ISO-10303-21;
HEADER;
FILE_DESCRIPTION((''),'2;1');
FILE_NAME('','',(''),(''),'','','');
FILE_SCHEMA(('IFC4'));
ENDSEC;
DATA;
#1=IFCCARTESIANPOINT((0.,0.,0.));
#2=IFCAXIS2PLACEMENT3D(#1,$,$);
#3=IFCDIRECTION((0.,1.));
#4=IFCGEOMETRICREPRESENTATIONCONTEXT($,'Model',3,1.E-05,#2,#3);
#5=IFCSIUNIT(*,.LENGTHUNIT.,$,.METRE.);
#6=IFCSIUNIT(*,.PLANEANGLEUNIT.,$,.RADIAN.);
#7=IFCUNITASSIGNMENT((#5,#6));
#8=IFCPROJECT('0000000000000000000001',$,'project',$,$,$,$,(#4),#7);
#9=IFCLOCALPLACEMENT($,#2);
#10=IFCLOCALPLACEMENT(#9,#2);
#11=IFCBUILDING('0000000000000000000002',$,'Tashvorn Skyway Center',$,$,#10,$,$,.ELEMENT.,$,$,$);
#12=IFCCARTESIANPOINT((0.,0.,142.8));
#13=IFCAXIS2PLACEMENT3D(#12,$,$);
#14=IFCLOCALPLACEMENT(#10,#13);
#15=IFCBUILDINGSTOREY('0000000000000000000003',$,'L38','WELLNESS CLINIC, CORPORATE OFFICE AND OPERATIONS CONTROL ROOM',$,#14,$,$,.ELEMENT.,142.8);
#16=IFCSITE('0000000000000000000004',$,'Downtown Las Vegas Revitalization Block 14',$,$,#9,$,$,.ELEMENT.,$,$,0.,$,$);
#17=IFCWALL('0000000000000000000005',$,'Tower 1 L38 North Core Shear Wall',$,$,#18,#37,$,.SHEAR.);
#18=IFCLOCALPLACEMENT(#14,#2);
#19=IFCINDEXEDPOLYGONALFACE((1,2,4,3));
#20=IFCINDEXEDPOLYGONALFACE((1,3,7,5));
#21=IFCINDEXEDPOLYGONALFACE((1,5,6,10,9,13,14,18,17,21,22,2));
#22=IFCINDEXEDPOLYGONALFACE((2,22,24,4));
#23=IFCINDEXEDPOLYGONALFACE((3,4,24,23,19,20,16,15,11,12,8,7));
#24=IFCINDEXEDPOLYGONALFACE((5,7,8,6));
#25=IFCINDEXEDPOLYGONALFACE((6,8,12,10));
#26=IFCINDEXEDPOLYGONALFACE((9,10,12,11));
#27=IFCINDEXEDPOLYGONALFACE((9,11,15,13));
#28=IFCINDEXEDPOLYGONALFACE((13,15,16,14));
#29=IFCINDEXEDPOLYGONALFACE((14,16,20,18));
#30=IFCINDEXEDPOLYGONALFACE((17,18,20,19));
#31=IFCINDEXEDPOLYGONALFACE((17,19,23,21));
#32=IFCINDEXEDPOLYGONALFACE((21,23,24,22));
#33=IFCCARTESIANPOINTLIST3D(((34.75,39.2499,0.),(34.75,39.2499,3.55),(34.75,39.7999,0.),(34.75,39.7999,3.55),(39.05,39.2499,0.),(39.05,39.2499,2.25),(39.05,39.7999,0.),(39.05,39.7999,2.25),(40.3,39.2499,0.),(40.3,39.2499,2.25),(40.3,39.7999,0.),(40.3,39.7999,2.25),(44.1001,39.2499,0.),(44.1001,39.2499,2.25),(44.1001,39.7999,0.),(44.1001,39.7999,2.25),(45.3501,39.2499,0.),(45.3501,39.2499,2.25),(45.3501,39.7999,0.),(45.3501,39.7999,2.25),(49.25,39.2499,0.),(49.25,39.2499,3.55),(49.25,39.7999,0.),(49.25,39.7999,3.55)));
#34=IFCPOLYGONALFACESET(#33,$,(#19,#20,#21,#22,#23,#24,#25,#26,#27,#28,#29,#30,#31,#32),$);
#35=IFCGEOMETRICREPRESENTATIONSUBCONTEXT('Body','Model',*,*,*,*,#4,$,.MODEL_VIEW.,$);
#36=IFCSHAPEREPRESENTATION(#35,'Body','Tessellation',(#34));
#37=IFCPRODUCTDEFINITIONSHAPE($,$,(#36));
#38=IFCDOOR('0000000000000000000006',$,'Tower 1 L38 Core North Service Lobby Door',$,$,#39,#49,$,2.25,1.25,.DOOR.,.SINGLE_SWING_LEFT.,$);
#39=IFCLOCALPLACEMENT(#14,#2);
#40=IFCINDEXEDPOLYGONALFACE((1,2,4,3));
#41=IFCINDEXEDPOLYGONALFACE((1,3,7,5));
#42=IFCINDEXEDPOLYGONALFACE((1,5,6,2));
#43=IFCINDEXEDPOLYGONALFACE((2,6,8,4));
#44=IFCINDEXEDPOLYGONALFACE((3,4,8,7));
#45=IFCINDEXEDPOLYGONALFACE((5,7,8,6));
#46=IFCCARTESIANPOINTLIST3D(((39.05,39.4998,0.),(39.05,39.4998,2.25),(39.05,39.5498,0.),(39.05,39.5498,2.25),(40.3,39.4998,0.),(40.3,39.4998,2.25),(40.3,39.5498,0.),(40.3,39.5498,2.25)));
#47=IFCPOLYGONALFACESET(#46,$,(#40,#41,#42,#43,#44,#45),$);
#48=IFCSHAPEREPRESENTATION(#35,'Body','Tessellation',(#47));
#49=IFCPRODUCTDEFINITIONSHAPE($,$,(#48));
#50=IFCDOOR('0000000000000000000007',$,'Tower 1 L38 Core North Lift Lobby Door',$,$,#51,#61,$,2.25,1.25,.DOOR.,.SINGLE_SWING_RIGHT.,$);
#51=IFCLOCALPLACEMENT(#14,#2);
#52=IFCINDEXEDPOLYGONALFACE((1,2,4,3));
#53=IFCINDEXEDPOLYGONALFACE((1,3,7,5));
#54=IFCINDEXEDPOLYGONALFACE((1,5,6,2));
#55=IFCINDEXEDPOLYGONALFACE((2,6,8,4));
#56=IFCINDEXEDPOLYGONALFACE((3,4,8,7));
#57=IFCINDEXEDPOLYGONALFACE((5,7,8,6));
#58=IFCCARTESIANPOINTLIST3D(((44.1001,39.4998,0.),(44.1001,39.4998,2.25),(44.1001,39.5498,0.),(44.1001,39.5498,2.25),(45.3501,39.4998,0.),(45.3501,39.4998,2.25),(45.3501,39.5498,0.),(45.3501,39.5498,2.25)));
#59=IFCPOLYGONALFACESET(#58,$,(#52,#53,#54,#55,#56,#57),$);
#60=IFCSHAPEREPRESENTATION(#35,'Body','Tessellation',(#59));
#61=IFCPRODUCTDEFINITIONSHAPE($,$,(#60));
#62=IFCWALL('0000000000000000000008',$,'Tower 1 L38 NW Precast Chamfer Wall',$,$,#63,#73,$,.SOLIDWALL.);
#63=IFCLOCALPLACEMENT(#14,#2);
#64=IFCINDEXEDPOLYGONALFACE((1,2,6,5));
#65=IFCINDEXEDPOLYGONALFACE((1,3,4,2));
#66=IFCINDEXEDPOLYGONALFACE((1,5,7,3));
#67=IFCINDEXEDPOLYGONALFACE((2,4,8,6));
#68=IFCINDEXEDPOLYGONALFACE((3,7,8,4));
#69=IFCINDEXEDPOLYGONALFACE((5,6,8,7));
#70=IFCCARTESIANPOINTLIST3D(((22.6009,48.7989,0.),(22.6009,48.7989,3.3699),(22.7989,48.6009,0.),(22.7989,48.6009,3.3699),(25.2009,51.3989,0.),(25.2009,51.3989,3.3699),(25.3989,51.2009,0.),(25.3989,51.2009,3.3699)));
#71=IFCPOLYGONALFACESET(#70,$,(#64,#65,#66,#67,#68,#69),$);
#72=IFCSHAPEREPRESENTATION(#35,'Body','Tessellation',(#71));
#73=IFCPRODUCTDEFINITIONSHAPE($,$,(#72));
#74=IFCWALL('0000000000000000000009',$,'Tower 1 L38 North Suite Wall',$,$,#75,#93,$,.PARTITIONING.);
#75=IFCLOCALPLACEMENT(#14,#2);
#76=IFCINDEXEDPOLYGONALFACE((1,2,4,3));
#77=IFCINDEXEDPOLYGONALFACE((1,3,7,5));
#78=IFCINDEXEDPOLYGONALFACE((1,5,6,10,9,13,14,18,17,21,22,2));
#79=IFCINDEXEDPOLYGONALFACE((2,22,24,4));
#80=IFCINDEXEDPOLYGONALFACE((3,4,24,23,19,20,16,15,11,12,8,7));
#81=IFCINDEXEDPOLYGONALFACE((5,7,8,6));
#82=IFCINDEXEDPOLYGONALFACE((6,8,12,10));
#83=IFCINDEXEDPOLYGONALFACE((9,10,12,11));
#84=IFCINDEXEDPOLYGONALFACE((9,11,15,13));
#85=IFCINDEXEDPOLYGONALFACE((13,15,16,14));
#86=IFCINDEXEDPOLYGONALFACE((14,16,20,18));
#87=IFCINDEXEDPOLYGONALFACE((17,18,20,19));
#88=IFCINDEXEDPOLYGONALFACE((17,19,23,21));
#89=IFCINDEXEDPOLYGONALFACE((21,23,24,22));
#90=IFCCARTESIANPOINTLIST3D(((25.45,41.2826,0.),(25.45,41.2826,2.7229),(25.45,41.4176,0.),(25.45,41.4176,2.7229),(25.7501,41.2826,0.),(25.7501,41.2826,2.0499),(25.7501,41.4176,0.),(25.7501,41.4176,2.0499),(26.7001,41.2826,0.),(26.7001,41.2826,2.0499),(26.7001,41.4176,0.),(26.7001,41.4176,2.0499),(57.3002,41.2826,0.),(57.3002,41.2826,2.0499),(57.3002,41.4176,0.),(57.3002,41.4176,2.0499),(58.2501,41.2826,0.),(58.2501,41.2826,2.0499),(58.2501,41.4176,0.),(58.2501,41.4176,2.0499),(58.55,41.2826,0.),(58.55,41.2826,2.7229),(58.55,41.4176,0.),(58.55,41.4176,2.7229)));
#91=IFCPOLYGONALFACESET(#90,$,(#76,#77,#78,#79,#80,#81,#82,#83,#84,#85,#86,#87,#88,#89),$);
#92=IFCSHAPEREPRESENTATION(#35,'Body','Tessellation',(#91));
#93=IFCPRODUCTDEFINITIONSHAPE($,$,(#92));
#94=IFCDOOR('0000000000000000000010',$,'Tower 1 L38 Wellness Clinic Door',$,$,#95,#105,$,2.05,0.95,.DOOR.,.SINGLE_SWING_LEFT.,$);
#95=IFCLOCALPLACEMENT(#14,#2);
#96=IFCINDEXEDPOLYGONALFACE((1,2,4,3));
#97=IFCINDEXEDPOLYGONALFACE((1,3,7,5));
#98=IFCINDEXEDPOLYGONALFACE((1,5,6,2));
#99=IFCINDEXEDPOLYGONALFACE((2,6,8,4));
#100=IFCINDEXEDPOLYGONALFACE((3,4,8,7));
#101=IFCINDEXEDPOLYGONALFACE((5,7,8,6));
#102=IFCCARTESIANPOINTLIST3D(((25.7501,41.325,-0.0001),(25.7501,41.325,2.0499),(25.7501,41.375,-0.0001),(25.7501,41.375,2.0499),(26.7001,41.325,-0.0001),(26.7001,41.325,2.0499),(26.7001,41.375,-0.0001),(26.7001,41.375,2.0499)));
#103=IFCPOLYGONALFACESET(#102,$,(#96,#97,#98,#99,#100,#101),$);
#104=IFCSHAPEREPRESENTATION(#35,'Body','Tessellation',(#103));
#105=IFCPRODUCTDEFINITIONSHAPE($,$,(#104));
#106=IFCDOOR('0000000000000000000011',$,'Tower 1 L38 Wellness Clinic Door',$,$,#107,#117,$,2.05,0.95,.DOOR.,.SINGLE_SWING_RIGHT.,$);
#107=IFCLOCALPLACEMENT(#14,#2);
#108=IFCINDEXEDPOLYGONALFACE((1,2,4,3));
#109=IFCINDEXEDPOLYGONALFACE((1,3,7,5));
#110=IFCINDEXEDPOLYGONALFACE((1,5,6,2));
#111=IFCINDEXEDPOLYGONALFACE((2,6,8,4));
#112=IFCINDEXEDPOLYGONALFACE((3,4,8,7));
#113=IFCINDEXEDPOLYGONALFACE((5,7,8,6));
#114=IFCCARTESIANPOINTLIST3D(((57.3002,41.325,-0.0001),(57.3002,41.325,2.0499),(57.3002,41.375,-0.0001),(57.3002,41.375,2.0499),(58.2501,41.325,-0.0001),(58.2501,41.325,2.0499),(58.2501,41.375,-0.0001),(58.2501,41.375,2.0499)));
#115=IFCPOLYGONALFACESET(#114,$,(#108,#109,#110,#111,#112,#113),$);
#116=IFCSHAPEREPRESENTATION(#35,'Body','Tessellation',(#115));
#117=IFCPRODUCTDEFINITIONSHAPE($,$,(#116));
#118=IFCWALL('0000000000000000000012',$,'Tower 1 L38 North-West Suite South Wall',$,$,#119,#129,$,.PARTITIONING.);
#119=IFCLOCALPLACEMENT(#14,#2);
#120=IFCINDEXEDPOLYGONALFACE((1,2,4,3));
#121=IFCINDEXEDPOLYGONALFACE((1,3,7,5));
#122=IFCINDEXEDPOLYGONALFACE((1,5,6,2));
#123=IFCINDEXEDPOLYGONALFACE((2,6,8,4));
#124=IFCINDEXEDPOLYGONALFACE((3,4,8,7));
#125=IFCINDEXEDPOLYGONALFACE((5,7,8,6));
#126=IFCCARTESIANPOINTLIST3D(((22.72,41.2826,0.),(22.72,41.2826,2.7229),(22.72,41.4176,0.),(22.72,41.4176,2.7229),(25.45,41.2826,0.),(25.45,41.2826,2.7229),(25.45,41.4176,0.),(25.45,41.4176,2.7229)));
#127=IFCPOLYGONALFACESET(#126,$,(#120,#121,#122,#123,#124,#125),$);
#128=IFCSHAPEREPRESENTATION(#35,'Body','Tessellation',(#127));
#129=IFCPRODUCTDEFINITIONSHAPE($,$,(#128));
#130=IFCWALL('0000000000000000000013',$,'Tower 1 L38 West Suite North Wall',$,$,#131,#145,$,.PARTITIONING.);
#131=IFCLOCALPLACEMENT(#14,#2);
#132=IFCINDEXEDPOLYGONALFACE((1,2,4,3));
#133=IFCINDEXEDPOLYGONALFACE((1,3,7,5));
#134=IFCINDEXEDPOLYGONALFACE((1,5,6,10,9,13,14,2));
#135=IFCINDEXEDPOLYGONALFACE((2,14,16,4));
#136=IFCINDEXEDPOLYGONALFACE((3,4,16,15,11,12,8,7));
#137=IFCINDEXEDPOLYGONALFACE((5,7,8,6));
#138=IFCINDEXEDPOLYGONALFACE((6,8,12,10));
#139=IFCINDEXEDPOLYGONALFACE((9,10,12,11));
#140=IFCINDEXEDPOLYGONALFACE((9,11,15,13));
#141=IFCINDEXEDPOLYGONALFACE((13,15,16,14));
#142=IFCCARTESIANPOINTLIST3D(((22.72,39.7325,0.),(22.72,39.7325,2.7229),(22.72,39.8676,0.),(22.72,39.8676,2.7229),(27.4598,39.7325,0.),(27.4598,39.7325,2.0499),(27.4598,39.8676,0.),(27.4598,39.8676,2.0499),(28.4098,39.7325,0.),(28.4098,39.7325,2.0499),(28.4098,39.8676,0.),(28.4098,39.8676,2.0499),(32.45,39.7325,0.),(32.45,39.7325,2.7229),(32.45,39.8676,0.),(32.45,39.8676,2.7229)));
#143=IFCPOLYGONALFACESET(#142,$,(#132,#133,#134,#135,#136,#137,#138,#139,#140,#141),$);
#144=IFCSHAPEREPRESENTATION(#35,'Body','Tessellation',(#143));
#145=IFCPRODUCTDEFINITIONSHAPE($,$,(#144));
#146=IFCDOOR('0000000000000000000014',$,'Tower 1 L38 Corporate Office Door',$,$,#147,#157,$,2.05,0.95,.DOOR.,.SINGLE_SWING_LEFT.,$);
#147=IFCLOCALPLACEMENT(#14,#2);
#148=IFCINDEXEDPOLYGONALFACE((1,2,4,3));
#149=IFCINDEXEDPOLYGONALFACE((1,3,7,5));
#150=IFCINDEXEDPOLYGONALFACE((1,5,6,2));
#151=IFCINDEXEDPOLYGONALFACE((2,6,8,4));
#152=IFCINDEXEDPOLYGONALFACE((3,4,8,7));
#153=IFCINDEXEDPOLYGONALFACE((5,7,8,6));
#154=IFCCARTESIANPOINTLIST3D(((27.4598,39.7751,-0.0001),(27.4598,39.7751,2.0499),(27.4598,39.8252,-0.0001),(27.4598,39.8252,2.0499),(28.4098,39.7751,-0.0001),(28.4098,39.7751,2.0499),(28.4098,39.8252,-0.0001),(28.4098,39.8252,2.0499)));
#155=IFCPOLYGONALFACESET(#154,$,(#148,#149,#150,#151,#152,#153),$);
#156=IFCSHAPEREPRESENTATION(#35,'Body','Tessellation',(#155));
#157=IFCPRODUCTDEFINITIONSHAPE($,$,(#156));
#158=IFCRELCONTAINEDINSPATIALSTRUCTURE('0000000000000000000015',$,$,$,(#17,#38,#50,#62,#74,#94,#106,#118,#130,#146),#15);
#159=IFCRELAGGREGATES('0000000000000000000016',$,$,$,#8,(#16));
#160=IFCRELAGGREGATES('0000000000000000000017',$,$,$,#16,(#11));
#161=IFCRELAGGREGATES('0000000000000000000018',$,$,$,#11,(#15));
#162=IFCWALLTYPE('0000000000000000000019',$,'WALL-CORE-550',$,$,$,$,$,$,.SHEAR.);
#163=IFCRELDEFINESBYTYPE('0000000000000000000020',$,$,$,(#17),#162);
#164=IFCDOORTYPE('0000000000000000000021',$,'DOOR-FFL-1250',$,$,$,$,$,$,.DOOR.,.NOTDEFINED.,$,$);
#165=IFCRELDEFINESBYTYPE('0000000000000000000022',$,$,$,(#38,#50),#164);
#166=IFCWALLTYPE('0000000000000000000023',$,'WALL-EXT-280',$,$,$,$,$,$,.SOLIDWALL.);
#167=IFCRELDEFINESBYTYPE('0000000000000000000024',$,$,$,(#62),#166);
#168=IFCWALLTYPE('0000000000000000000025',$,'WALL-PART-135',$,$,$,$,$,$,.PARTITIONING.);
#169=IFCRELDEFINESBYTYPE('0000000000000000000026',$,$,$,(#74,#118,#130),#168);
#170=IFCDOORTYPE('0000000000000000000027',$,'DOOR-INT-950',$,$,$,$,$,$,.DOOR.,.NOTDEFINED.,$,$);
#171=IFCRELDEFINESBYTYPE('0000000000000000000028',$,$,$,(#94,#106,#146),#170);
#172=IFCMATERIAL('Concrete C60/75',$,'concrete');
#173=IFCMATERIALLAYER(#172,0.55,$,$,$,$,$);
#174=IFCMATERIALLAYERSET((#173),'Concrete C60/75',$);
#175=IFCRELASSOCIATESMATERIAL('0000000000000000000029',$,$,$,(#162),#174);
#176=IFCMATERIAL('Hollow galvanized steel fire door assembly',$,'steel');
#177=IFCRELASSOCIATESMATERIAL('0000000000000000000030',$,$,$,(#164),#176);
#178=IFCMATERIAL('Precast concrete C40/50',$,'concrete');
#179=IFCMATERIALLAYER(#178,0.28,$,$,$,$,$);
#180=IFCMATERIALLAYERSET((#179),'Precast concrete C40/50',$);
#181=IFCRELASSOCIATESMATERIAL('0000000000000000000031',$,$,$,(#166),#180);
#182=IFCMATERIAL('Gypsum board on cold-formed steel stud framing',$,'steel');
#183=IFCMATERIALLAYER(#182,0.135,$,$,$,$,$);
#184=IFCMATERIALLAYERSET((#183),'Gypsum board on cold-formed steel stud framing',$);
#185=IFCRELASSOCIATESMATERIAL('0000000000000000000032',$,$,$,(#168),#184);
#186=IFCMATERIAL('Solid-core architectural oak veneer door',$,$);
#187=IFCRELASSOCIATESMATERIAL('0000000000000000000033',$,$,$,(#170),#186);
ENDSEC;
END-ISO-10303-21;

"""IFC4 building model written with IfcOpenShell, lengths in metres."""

from ifc_helpers import new_model, si_unit, direction, frame, frame_2d, origin, place, context, subcontext, project, spatial, rectangle, extrude, material, layer, layer_set, type_object, element, fill, save


model = new_model("IFC4")

# Units and contexts
model_context = context("Model", 3, precision=1e-05, world=origin(), true_north=direction((0.0, 1.0)))
body_context = subcontext(model_context, "Body", "Model", "MODEL_VIEW")
ifc_project = project(units=[si_unit("LENGTHUNIT", "METRE"), si_unit("PLANEANGLEUNIT", "RADIAN")], contexts=[model_context])

# Site, building, storey
site_placement = place(None, origin())
site = spatial("IfcSite", under=ifc_project, at=site_placement, Name="Downtown Las Vegas Revitalization Block 14", CompositionType="ELEMENT", RefElevation=0.0)
building_placement = place(site_placement, origin())
building = spatial("IfcBuilding", under=site, at=building_placement, Name="Tashvorn Skyway Center", CompositionType="ELEMENT")
storey_placement = place(building_placement, frame((0.0, 0.0, 142.8)))
storey = spatial("IfcBuildingStorey", under=building, at=storey_placement, Name="L38", Description="WELLNESS CLINIC, CORPORATE OFFICE AND OPERATIONS CONTROL ROOM", CompositionType="ELEMENT", Elevation=142.8)

# Wall, openings, doors
ifc_material_1 = material(Name="Concrete C60/75", Category="concrete")
ifc_layer_1 = layer(ifc_material_1, 0.55)
ifc_layer_set_1 = layer_set([ifc_layer_1], Name="Concrete C60/75")
wall_type_1 = type_object("IfcWallType", Name="WALL-CORE-550", PredefinedType="SHEAR", material=ifc_layer_set_1)
wall_1_placement = place(storey_placement, frame((34.75, 39.5249, 0.0), z_axis=(0.0, 0.0, 1.0), x_axis=(1.0, 0.0, 0.0)))
wall_1 = element("IfcWall", 1, at=wall_1_placement, inside=storey, type_object=wall_type_1, Name="Tower 1 L38 North Core Shear Wall", PredefinedType="SHEAR", context=body_context, shape_type="SweptSolid", body=[
    extrude(rectangle(XDim=14.5, YDim=0.55, at=frame_2d((7.25, 0.0))), origin(), (0.0, 0.0, 1.0), 3.55),
])
opening_1_placement = place(wall_1_placement, frame((4.3, 0.0, 0.0)))
opening_1 = element("IfcOpeningElement", 2, at=opening_1_placement, cuts=wall_1, PredefinedType="OPENING", context=body_context, shape_type="SweptSolid", body=[
    extrude(rectangle(XDim=1.25, YDim=2.25, at=frame_2d((0.625, 1.125))), frame((0.0, 0.2849, 0.0), z_axis=(0.0, -1.0, 0.0), x_axis=(1.0, 0.0, 0.0)), (0.0, 0.0, 1.0), 0.5701),
])
opening_2_placement = place(wall_1_placement, frame((9.3501, 0.0, 0.0)))
opening_2 = element("IfcOpeningElement", 3, at=opening_2_placement, cuts=wall_1, PredefinedType="OPENING", context=body_context, shape_type="SweptSolid", body=[
    extrude(rectangle(XDim=1.25, YDim=2.25, at=frame_2d((0.625, 1.125))), frame((0.0, 0.2849, 0.0), z_axis=(0.0, -1.0, 0.0), x_axis=(1.0, 0.0, 0.0)), (0.0, 0.0, 1.0), 0.5701),
])
ifc_material_2 = material(Name="Hollow galvanized steel fire door assembly", Category="steel")
door_type_1 = type_object("IfcDoorType", Name="DOOR-FFL-1250", OperationType="NOTDEFINED", PredefinedType="DOOR", material=ifc_material_2)
door_1_placement = place(opening_1_placement, origin())
door_1 = element("IfcDoor", 4, at=door_1_placement, inside=storey, type_object=door_type_1, Name="Tower 1 L38 Core North Service Lobby Door", OperationType="SINGLE_SWING_LEFT", OverallHeight=2.25, OverallWidth=1.25, PredefinedType="DOOR", context=body_context, shape_type="SweptSolid", body=[
    extrude(rectangle(XDim=1.25, YDim=2.25, at=frame_2d((0.625, 1.125))), frame((0.0, 0.0249, 0.0), z_axis=(0.0, -1.0, 0.0), x_axis=(1.0, 0.0, 0.0)), (0.0, 0.0, 1.0), 0.05),
])
fill(opening_1, door_1)
door_2_placement = place(opening_2_placement, origin())
door_2 = element("IfcDoor", 5, at=door_2_placement, inside=storey, type_object=door_type_1, Name="Tower 1 L38 Core North Lift Lobby Door", OperationType="SINGLE_SWING_RIGHT", OverallHeight=2.25, OverallWidth=1.25, PredefinedType="DOOR", context=body_context, shape_type="SweptSolid", body=[
    extrude(rectangle(XDim=1.25, YDim=2.25, at=frame_2d((0.625, 1.125))), frame((0.0, 0.0249, 0.0), z_axis=(0.0, -1.0, 0.0), x_axis=(1.0, 0.0, 0.0)), (0.0, 0.0, 1.0), 0.05),
])
fill(opening_2, door_2)

# Wall
ifc_material_3 = material(Name="Precast concrete C40/50", Category="concrete")
ifc_layer_2 = layer(ifc_material_3, 0.28)
ifc_layer_set_2 = layer_set([ifc_layer_2], Name="Precast concrete C40/50")
wall_type_2 = type_object("IfcWallType", Name="WALL-EXT-280", PredefinedType="SOLIDWALL", material=ifc_layer_set_2)
wall_2_placement = place(storey_placement, frame((22.7, 48.7, 0.0), z_axis=(0.0, 0.0, 1.0), x_axis=(0.707107, 0.707107, 0.0)))
element("IfcWall", 6, at=wall_2_placement, inside=storey, type_object=wall_type_2, Name="Tower 1 L38 NW Precast Chamfer Wall", PredefinedType="SOLIDWALL", context=body_context, shape_type="SweptSolid", body=[
    extrude(rectangle(XDim=3.677, YDim=0.28, at=frame_2d((1.8384, 0.0))), origin(), (0.0, 0.0, 1.0), 3.3699),
])

# Wall, openings, doors
ifc_material_4 = material(Name="Gypsum board on cold-formed steel stud framing", Category="steel")
ifc_layer_3 = layer(ifc_material_4, 0.135)
ifc_layer_set_3 = layer_set([ifc_layer_3], Name="Gypsum board on cold-formed steel stud framing")
wall_type_3 = type_object("IfcWallType", Name="WALL-PART-135", PredefinedType="PARTITIONING", material=ifc_layer_set_3)
wall_3_placement = place(storey_placement, frame((25.45, 41.3501, 0.0), z_axis=(0.0, 0.0, 1.0), x_axis=(1.0, 0.0, 0.0)))
wall_3 = element("IfcWall", 7, at=wall_3_placement, inside=storey, type_object=wall_type_3, Name="Tower 1 L38 North Suite Wall", PredefinedType="PARTITIONING", context=body_context, shape_type="SweptSolid", body=[
    extrude(rectangle(XDim=33.1001, YDim=0.135, at=frame_2d((16.55, 0.0))), origin(), (0.0, 0.0, 1.0), 2.7229),
])
opening_3_placement = place(wall_3_placement, frame((0.3, 0.0, 0.0)))
opening_3 = element("IfcOpeningElement", 8, at=opening_3_placement, cuts=wall_3, PredefinedType="OPENING", context=body_context, shape_type="SweptSolid", body=[
    extrude(rectangle(XDim=0.95, YDim=2.05, at=frame_2d((0.4751, 1.0249))), frame((0.0, 0.0774, 0.0), z_axis=(0.0, -1.0, 0.0), x_axis=(1.0, 0.0, 0.0)), (0.0, 0.0, 1.0), 0.155),
])
opening_4_placement = place(wall_3_placement, frame((31.8501, 0.0, 0.0)))
opening_4 = element("IfcOpeningElement", 9, at=opening_4_placement, cuts=wall_3, PredefinedType="OPENING", context=body_context, shape_type="SweptSolid", body=[
    extrude(rectangle(XDim=0.95, YDim=2.05, at=frame_2d((0.4751, 1.0249))), frame((0.0, 0.0774, 0.0), z_axis=(0.0, -1.0, 0.0), x_axis=(1.0, 0.0, 0.0)), (0.0, 0.0, 1.0), 0.155),
])
ifc_material_5 = material(Name="Solid-core architectural oak veneer door")
door_type_2 = type_object("IfcDoorType", Name="DOOR-INT-950", OperationType="NOTDEFINED", PredefinedType="DOOR", material=ifc_material_5)
door_3_placement = place(opening_3_placement, origin())
door_3 = element("IfcDoor", 10, at=door_3_placement, inside=storey, type_object=door_type_2, Name="Tower 1 L38 Wellness Clinic Door", OperationType="SINGLE_SWING_LEFT", OverallHeight=2.05, OverallWidth=0.95, PredefinedType="DOOR", context=body_context, shape_type="SweptSolid", body=[
    extrude(rectangle(XDim=0.95, YDim=2.05, at=frame_2d((0.4751, 1.0249))), frame((0.0, 0.0249, 0.0), z_axis=(0.0, -1.0, 0.0), x_axis=(1.0, 0.0, 0.0)), (0.0, 0.0, 1.0), 0.05),
])
fill(opening_3, door_3)
door_4_placement = place(opening_4_placement, origin())
door_4 = element("IfcDoor", 11, at=door_4_placement, inside=storey, type_object=door_type_2, Name="Tower 1 L38 Wellness Clinic Door", OperationType="SINGLE_SWING_RIGHT", OverallHeight=2.05, OverallWidth=0.95, PredefinedType="DOOR", context=body_context, shape_type="SweptSolid", body=[
    extrude(rectangle(XDim=0.95, YDim=2.05, at=frame_2d((0.4751, 1.0249))), frame((0.0, 0.0249, 0.0), z_axis=(0.0, -1.0, 0.0), x_axis=(1.0, 0.0, 0.0)), (0.0, 0.0, 1.0), 0.05),
])
fill(opening_4, door_4)

# Wall
wall_4_placement = place(storey_placement, frame((22.72, 41.3501, 0.0), z_axis=(0.0, 0.0, 1.0), x_axis=(1.0, 0.0, 0.0)))
element("IfcWall", 12, at=wall_4_placement, inside=storey, type_object=wall_type_3, Name="Tower 1 L38 North-West Suite South Wall", PredefinedType="PARTITIONING", context=body_context, shape_type="SweptSolid", body=[
    extrude(rectangle(XDim=2.73, YDim=0.135, at=frame_2d((1.365, 0.0))), origin(), (0.0, 0.0, 1.0), 2.7229),
])

# Wall, opening, door
wall_5_placement = place(storey_placement, frame((32.45, 39.8, 0.0), z_axis=(0.0, 0.0, 1.0), x_axis=(-1.0, 0.0, 0.0)))
wall_5 = element("IfcWall", 13, at=wall_5_placement, inside=storey, type_object=wall_type_3, Name="Tower 1 L38 West Suite North Wall", PredefinedType="PARTITIONING", context=body_context, shape_type="SweptSolid", body=[
    extrude(rectangle(XDim=9.73, YDim=0.135, at=frame_2d((4.865, 0.0))), origin(), (0.0, 0.0, 1.0), 2.7229),
])
opening_5_placement = place(wall_5_placement, frame((4.04, 0.0, 0.0)))
opening_5 = element("IfcOpeningElement", 14, at=opening_5_placement, cuts=wall_5, PredefinedType="OPENING", context=body_context, shape_type="SweptSolid", body=[
    extrude(rectangle(XDim=0.95, YDim=2.05, at=frame_2d((0.4751, 1.0249))), frame((0.0, 0.0774, 0.0), z_axis=(0.0, -1.0, 0.0), x_axis=(1.0, 0.0, 0.0)), (0.0, 0.0, 1.0), 0.155),
])
door_5_placement = place(opening_5_placement, origin())
door_5 = element("IfcDoor", 15, at=door_5_placement, inside=storey, type_object=door_type_2, Name="Tower 1 L38 Corporate Office Door", OperationType="SINGLE_SWING_LEFT", OverallHeight=2.05, OverallWidth=0.95, PredefinedType="DOOR", context=body_context, shape_type="SweptSolid", body=[
    extrude(rectangle(XDim=0.95, YDim=2.05, at=frame_2d((0.4751, 1.0249))), frame((0.0, 0.0249, 0.0), z_axis=(0.0, -1.0, 0.0), x_axis=(1.0, 0.0, 0.0)), (0.0, 0.0, 1.0), 0.05),
])
fill(opening_5, door_5)

save(model, "model.ifc")
